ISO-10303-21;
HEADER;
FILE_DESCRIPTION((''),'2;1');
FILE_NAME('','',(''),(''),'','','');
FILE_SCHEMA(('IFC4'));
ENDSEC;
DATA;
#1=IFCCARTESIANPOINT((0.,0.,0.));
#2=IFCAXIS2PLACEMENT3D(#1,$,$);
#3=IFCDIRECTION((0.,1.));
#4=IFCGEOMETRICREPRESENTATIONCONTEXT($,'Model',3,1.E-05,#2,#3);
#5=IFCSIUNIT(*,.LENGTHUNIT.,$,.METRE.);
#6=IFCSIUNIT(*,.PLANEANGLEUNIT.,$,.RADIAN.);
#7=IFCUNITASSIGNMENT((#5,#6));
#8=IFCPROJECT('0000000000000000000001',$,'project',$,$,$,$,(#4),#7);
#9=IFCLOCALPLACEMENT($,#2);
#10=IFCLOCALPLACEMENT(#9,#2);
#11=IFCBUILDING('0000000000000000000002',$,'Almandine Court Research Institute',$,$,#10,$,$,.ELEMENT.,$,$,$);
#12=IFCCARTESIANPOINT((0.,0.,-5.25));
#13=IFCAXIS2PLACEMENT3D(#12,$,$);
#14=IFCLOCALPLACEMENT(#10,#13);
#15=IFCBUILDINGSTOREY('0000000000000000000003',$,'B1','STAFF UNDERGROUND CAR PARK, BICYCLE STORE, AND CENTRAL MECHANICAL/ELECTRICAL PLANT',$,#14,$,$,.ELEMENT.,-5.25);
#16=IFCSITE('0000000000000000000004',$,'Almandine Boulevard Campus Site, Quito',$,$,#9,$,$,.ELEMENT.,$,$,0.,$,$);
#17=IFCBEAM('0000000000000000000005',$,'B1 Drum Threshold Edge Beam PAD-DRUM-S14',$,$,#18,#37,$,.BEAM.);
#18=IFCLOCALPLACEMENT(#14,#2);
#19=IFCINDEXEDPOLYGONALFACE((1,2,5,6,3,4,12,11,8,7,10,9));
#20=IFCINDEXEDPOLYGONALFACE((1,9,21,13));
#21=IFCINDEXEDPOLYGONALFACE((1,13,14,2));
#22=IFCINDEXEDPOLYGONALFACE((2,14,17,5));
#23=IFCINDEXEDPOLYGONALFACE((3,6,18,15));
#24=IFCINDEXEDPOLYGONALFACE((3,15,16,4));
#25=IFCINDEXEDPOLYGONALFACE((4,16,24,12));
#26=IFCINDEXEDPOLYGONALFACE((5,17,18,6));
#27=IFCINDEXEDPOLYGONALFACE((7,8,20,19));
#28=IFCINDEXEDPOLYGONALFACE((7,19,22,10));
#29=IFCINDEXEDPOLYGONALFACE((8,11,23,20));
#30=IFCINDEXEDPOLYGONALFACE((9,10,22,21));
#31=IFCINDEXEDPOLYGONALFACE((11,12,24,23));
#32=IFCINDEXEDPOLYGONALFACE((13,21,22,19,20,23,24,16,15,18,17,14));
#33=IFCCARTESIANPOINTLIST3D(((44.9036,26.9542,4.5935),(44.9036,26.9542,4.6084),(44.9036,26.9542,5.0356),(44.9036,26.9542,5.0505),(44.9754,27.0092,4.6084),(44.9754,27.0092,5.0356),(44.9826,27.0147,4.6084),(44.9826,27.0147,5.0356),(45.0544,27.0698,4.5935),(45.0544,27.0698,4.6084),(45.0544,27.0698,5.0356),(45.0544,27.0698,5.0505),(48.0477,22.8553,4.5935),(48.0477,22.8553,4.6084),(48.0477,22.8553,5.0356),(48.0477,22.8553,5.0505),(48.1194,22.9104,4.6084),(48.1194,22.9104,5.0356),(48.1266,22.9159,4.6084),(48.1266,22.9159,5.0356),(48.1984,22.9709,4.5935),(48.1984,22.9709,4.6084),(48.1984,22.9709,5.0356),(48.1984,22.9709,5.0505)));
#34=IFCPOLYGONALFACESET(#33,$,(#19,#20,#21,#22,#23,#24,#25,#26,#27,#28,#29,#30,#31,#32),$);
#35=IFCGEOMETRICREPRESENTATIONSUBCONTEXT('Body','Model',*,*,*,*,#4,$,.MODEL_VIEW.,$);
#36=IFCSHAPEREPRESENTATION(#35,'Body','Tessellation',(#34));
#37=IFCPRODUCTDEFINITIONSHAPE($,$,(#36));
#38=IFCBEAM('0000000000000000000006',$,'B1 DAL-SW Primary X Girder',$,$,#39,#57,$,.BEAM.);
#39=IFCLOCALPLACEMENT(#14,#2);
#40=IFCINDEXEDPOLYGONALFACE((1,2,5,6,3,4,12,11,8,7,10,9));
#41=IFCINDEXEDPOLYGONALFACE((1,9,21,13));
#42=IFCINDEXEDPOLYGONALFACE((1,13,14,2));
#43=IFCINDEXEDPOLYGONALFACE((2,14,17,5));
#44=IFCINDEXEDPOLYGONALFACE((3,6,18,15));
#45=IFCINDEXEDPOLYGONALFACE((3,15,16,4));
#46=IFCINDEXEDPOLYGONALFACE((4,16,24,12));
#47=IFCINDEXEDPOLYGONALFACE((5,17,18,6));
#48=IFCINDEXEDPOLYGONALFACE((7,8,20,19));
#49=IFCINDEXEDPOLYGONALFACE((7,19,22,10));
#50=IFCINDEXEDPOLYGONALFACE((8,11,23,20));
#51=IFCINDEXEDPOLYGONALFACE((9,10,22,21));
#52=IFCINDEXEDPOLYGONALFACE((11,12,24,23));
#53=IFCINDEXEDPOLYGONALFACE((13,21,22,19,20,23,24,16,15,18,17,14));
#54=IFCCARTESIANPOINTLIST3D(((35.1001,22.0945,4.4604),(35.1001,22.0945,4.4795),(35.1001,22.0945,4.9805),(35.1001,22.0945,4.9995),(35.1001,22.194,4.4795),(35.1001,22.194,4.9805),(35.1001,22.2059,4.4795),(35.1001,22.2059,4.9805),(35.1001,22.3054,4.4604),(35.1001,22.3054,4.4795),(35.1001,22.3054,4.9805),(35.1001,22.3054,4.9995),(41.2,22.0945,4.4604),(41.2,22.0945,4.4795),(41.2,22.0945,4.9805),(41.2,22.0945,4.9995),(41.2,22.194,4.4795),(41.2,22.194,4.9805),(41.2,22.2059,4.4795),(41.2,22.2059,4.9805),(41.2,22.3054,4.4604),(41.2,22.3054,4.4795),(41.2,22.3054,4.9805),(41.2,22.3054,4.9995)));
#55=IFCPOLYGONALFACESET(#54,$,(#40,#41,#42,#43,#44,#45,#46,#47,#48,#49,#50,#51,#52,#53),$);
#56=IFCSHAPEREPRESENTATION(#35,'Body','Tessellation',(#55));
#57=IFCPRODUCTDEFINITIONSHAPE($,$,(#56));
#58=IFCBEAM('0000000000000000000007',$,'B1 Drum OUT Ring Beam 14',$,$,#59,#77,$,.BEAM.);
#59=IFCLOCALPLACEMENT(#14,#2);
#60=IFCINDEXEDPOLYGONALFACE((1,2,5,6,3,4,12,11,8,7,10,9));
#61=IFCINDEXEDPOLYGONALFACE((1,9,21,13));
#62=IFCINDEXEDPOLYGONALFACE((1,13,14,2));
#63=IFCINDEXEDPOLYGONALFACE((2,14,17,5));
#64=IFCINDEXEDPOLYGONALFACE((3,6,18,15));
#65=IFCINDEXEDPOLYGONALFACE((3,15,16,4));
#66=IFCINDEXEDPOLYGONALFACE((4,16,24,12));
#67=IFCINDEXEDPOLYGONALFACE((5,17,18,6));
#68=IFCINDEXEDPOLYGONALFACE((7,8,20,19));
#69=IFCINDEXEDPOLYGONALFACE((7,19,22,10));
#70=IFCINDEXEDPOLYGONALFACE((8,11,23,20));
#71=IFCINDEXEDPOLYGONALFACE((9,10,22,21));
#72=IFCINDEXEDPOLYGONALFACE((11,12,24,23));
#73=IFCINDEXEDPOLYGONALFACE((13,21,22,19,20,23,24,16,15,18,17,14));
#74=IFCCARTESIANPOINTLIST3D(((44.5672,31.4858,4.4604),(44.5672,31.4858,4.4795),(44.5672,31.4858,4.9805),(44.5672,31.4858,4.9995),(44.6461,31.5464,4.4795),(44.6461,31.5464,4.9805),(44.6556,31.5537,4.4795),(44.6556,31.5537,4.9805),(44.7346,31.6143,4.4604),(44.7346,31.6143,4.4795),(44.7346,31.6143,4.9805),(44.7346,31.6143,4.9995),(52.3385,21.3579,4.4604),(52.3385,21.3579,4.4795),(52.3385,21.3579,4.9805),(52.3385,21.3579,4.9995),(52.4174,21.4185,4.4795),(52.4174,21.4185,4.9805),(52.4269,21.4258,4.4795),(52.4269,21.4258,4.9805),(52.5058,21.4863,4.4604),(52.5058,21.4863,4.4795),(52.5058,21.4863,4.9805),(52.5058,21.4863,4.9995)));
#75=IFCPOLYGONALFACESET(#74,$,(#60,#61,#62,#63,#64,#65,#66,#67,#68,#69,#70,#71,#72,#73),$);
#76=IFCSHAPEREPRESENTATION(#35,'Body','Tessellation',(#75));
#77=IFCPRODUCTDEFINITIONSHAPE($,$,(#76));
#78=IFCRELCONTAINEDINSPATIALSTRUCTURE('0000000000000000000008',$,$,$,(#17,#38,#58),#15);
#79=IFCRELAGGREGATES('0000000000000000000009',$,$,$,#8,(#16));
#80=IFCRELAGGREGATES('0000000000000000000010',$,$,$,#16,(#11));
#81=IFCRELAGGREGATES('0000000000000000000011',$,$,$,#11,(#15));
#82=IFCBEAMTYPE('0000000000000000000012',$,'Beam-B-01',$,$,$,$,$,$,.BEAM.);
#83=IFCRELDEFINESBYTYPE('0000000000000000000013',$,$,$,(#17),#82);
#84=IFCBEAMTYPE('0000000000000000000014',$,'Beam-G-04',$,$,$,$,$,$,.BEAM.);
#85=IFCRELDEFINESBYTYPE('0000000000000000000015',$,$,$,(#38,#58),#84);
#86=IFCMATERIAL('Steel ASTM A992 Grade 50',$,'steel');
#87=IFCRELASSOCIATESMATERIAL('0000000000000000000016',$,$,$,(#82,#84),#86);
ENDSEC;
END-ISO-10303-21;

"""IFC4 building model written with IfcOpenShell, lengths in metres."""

from ifc_helpers import new_model, si_unit, direction, frame, origin, origin_2d, place, context, subcontext, project, spatial, i_section, extrude, material, material_profile, profile_set, type_object, element, save


model = new_model("IFC4")

# Units and contexts
model_context = context("Model", 3, precision=1e-05, world=origin(), true_north=direction((0.0, 1.0)))
body_context = subcontext(model_context, "Body", "Model", "MODEL_VIEW")
ifc_project = project(units=[si_unit("LENGTHUNIT", "METRE"), si_unit("PLANEANGLEUNIT", "RADIAN")], contexts=[model_context])

# Site, building, storey
site_placement = place(None, origin())
site = spatial("IfcSite", under=ifc_project, at=site_placement, Name="Almandine Boulevard Campus Site, Quito", CompositionType="ELEMENT", RefElevation=0.0)
building_placement = place(site_placement, origin())
building = spatial("IfcBuilding", under=site, at=building_placement, Name="Almandine Court Research Institute", CompositionType="ELEMENT")
storey_placement = place(building_placement, frame((0.0, 0.0, -5.25)))
storey = spatial("IfcBuildingStorey", under=building, at=storey_placement, Name="B1", Description="STAFF UNDERGROUND CAR PARK, BICYCLE STORE, AND CENTRAL MECHANICAL/ELECTRICAL PLANT", CompositionType="ELEMENT", Elevation=-5.25)

# Shared definitions
ifc_material_1 = material(Name="Steel ASTM A992 Grade 50", Category="steel")

# Beams
ifc_material_profile_1 = material_profile(ifc_material_1, i_section(OverallWidth=0.1899, OverallDepth=0.457, WebThickness=0.009, FlangeThickness=0.0149, at=origin_2d()), Name="W460x74")
ifc_profile_set_1 = profile_set([ifc_material_profile_1], Name="Steel ASTM A992 Grade 50")
beam_type_1 = type_object("IfcBeamType", Name="Beam-B-01", PredefinedType="BEAM", material=ifc_profile_set_1)
beam_1_placement = place(storey_placement, frame((44.979, 27.012, 4.822), z_axis=(0.608623, -0.79346, 0.0), x_axis=(0.79346, 0.608623, 0.0)))
element("IfcBeam", 1, at=beam_1_placement, inside=storey, type_object=beam_type_1, Name="B1 Drum Threshold Edge Beam PAD-DRUM-S14", PredefinedType="BEAM", context=body_context, shape_type="SweptSolid", body=[
    extrude(i_section(OverallWidth=0.1899, OverallDepth=0.457, WebThickness=0.009, FlangeThickness=0.0149, at=origin_2d()), origin(), (0.0, 0.0, 1.0), 5.1658),
])
ifc_material_profile_2 = material_profile(ifc_material_1, i_section(OverallWidth=0.2109, OverallDepth=0.5391, WebThickness=0.012, FlangeThickness=0.019, at=origin_2d()), Name="W530x109")
ifc_profile_set_2 = profile_set([ifc_material_profile_2], Name="Steel ASTM A992 Grade 50")
beam_type_2 = type_object("IfcBeamType", Name="Beam-G-04", PredefinedType="BEAM", material=ifc_profile_set_2)
beam_2_placement = place(storey_placement, frame((35.1001, 22.2, 4.73), z_axis=(1.0, 0.0, 0.0), x_axis=(0.0, 1.0, 0.0)))
element("IfcBeam", 2, at=beam_2_placement, inside=storey, type_object=beam_type_2, Name="B1 DAL-SW Primary X Girder", PredefinedType="BEAM", context=body_context, shape_type="SweptSolid", body=[
    extrude(i_section(OverallWidth=0.2109, OverallDepth=0.5391, WebThickness=0.012, FlangeThickness=0.019, at=origin_2d()), origin(), (0.0, 0.0, 1.0), 6.0999),
])
beam_3_placement = place(storey_placement, frame((44.6509, 31.55, 4.73), z_axis=(0.608752, -0.793361, 0.0), x_axis=(0.793361, 0.608752, 0.0)))
element("IfcBeam", 3, at=beam_3_placement, inside=storey, type_object=beam_type_2, Name="B1 Drum OUT Ring Beam 14", PredefinedType="BEAM", context=body_context, shape_type="SweptSolid", body=[
    extrude(i_section(OverallWidth=0.2109, OverallDepth=0.5391, WebThickness=0.012, FlangeThickness=0.019, at=origin_2d()), origin(), (0.0, 0.0, 1.0), 12.7659),
])

save(model, "model.ifc")
